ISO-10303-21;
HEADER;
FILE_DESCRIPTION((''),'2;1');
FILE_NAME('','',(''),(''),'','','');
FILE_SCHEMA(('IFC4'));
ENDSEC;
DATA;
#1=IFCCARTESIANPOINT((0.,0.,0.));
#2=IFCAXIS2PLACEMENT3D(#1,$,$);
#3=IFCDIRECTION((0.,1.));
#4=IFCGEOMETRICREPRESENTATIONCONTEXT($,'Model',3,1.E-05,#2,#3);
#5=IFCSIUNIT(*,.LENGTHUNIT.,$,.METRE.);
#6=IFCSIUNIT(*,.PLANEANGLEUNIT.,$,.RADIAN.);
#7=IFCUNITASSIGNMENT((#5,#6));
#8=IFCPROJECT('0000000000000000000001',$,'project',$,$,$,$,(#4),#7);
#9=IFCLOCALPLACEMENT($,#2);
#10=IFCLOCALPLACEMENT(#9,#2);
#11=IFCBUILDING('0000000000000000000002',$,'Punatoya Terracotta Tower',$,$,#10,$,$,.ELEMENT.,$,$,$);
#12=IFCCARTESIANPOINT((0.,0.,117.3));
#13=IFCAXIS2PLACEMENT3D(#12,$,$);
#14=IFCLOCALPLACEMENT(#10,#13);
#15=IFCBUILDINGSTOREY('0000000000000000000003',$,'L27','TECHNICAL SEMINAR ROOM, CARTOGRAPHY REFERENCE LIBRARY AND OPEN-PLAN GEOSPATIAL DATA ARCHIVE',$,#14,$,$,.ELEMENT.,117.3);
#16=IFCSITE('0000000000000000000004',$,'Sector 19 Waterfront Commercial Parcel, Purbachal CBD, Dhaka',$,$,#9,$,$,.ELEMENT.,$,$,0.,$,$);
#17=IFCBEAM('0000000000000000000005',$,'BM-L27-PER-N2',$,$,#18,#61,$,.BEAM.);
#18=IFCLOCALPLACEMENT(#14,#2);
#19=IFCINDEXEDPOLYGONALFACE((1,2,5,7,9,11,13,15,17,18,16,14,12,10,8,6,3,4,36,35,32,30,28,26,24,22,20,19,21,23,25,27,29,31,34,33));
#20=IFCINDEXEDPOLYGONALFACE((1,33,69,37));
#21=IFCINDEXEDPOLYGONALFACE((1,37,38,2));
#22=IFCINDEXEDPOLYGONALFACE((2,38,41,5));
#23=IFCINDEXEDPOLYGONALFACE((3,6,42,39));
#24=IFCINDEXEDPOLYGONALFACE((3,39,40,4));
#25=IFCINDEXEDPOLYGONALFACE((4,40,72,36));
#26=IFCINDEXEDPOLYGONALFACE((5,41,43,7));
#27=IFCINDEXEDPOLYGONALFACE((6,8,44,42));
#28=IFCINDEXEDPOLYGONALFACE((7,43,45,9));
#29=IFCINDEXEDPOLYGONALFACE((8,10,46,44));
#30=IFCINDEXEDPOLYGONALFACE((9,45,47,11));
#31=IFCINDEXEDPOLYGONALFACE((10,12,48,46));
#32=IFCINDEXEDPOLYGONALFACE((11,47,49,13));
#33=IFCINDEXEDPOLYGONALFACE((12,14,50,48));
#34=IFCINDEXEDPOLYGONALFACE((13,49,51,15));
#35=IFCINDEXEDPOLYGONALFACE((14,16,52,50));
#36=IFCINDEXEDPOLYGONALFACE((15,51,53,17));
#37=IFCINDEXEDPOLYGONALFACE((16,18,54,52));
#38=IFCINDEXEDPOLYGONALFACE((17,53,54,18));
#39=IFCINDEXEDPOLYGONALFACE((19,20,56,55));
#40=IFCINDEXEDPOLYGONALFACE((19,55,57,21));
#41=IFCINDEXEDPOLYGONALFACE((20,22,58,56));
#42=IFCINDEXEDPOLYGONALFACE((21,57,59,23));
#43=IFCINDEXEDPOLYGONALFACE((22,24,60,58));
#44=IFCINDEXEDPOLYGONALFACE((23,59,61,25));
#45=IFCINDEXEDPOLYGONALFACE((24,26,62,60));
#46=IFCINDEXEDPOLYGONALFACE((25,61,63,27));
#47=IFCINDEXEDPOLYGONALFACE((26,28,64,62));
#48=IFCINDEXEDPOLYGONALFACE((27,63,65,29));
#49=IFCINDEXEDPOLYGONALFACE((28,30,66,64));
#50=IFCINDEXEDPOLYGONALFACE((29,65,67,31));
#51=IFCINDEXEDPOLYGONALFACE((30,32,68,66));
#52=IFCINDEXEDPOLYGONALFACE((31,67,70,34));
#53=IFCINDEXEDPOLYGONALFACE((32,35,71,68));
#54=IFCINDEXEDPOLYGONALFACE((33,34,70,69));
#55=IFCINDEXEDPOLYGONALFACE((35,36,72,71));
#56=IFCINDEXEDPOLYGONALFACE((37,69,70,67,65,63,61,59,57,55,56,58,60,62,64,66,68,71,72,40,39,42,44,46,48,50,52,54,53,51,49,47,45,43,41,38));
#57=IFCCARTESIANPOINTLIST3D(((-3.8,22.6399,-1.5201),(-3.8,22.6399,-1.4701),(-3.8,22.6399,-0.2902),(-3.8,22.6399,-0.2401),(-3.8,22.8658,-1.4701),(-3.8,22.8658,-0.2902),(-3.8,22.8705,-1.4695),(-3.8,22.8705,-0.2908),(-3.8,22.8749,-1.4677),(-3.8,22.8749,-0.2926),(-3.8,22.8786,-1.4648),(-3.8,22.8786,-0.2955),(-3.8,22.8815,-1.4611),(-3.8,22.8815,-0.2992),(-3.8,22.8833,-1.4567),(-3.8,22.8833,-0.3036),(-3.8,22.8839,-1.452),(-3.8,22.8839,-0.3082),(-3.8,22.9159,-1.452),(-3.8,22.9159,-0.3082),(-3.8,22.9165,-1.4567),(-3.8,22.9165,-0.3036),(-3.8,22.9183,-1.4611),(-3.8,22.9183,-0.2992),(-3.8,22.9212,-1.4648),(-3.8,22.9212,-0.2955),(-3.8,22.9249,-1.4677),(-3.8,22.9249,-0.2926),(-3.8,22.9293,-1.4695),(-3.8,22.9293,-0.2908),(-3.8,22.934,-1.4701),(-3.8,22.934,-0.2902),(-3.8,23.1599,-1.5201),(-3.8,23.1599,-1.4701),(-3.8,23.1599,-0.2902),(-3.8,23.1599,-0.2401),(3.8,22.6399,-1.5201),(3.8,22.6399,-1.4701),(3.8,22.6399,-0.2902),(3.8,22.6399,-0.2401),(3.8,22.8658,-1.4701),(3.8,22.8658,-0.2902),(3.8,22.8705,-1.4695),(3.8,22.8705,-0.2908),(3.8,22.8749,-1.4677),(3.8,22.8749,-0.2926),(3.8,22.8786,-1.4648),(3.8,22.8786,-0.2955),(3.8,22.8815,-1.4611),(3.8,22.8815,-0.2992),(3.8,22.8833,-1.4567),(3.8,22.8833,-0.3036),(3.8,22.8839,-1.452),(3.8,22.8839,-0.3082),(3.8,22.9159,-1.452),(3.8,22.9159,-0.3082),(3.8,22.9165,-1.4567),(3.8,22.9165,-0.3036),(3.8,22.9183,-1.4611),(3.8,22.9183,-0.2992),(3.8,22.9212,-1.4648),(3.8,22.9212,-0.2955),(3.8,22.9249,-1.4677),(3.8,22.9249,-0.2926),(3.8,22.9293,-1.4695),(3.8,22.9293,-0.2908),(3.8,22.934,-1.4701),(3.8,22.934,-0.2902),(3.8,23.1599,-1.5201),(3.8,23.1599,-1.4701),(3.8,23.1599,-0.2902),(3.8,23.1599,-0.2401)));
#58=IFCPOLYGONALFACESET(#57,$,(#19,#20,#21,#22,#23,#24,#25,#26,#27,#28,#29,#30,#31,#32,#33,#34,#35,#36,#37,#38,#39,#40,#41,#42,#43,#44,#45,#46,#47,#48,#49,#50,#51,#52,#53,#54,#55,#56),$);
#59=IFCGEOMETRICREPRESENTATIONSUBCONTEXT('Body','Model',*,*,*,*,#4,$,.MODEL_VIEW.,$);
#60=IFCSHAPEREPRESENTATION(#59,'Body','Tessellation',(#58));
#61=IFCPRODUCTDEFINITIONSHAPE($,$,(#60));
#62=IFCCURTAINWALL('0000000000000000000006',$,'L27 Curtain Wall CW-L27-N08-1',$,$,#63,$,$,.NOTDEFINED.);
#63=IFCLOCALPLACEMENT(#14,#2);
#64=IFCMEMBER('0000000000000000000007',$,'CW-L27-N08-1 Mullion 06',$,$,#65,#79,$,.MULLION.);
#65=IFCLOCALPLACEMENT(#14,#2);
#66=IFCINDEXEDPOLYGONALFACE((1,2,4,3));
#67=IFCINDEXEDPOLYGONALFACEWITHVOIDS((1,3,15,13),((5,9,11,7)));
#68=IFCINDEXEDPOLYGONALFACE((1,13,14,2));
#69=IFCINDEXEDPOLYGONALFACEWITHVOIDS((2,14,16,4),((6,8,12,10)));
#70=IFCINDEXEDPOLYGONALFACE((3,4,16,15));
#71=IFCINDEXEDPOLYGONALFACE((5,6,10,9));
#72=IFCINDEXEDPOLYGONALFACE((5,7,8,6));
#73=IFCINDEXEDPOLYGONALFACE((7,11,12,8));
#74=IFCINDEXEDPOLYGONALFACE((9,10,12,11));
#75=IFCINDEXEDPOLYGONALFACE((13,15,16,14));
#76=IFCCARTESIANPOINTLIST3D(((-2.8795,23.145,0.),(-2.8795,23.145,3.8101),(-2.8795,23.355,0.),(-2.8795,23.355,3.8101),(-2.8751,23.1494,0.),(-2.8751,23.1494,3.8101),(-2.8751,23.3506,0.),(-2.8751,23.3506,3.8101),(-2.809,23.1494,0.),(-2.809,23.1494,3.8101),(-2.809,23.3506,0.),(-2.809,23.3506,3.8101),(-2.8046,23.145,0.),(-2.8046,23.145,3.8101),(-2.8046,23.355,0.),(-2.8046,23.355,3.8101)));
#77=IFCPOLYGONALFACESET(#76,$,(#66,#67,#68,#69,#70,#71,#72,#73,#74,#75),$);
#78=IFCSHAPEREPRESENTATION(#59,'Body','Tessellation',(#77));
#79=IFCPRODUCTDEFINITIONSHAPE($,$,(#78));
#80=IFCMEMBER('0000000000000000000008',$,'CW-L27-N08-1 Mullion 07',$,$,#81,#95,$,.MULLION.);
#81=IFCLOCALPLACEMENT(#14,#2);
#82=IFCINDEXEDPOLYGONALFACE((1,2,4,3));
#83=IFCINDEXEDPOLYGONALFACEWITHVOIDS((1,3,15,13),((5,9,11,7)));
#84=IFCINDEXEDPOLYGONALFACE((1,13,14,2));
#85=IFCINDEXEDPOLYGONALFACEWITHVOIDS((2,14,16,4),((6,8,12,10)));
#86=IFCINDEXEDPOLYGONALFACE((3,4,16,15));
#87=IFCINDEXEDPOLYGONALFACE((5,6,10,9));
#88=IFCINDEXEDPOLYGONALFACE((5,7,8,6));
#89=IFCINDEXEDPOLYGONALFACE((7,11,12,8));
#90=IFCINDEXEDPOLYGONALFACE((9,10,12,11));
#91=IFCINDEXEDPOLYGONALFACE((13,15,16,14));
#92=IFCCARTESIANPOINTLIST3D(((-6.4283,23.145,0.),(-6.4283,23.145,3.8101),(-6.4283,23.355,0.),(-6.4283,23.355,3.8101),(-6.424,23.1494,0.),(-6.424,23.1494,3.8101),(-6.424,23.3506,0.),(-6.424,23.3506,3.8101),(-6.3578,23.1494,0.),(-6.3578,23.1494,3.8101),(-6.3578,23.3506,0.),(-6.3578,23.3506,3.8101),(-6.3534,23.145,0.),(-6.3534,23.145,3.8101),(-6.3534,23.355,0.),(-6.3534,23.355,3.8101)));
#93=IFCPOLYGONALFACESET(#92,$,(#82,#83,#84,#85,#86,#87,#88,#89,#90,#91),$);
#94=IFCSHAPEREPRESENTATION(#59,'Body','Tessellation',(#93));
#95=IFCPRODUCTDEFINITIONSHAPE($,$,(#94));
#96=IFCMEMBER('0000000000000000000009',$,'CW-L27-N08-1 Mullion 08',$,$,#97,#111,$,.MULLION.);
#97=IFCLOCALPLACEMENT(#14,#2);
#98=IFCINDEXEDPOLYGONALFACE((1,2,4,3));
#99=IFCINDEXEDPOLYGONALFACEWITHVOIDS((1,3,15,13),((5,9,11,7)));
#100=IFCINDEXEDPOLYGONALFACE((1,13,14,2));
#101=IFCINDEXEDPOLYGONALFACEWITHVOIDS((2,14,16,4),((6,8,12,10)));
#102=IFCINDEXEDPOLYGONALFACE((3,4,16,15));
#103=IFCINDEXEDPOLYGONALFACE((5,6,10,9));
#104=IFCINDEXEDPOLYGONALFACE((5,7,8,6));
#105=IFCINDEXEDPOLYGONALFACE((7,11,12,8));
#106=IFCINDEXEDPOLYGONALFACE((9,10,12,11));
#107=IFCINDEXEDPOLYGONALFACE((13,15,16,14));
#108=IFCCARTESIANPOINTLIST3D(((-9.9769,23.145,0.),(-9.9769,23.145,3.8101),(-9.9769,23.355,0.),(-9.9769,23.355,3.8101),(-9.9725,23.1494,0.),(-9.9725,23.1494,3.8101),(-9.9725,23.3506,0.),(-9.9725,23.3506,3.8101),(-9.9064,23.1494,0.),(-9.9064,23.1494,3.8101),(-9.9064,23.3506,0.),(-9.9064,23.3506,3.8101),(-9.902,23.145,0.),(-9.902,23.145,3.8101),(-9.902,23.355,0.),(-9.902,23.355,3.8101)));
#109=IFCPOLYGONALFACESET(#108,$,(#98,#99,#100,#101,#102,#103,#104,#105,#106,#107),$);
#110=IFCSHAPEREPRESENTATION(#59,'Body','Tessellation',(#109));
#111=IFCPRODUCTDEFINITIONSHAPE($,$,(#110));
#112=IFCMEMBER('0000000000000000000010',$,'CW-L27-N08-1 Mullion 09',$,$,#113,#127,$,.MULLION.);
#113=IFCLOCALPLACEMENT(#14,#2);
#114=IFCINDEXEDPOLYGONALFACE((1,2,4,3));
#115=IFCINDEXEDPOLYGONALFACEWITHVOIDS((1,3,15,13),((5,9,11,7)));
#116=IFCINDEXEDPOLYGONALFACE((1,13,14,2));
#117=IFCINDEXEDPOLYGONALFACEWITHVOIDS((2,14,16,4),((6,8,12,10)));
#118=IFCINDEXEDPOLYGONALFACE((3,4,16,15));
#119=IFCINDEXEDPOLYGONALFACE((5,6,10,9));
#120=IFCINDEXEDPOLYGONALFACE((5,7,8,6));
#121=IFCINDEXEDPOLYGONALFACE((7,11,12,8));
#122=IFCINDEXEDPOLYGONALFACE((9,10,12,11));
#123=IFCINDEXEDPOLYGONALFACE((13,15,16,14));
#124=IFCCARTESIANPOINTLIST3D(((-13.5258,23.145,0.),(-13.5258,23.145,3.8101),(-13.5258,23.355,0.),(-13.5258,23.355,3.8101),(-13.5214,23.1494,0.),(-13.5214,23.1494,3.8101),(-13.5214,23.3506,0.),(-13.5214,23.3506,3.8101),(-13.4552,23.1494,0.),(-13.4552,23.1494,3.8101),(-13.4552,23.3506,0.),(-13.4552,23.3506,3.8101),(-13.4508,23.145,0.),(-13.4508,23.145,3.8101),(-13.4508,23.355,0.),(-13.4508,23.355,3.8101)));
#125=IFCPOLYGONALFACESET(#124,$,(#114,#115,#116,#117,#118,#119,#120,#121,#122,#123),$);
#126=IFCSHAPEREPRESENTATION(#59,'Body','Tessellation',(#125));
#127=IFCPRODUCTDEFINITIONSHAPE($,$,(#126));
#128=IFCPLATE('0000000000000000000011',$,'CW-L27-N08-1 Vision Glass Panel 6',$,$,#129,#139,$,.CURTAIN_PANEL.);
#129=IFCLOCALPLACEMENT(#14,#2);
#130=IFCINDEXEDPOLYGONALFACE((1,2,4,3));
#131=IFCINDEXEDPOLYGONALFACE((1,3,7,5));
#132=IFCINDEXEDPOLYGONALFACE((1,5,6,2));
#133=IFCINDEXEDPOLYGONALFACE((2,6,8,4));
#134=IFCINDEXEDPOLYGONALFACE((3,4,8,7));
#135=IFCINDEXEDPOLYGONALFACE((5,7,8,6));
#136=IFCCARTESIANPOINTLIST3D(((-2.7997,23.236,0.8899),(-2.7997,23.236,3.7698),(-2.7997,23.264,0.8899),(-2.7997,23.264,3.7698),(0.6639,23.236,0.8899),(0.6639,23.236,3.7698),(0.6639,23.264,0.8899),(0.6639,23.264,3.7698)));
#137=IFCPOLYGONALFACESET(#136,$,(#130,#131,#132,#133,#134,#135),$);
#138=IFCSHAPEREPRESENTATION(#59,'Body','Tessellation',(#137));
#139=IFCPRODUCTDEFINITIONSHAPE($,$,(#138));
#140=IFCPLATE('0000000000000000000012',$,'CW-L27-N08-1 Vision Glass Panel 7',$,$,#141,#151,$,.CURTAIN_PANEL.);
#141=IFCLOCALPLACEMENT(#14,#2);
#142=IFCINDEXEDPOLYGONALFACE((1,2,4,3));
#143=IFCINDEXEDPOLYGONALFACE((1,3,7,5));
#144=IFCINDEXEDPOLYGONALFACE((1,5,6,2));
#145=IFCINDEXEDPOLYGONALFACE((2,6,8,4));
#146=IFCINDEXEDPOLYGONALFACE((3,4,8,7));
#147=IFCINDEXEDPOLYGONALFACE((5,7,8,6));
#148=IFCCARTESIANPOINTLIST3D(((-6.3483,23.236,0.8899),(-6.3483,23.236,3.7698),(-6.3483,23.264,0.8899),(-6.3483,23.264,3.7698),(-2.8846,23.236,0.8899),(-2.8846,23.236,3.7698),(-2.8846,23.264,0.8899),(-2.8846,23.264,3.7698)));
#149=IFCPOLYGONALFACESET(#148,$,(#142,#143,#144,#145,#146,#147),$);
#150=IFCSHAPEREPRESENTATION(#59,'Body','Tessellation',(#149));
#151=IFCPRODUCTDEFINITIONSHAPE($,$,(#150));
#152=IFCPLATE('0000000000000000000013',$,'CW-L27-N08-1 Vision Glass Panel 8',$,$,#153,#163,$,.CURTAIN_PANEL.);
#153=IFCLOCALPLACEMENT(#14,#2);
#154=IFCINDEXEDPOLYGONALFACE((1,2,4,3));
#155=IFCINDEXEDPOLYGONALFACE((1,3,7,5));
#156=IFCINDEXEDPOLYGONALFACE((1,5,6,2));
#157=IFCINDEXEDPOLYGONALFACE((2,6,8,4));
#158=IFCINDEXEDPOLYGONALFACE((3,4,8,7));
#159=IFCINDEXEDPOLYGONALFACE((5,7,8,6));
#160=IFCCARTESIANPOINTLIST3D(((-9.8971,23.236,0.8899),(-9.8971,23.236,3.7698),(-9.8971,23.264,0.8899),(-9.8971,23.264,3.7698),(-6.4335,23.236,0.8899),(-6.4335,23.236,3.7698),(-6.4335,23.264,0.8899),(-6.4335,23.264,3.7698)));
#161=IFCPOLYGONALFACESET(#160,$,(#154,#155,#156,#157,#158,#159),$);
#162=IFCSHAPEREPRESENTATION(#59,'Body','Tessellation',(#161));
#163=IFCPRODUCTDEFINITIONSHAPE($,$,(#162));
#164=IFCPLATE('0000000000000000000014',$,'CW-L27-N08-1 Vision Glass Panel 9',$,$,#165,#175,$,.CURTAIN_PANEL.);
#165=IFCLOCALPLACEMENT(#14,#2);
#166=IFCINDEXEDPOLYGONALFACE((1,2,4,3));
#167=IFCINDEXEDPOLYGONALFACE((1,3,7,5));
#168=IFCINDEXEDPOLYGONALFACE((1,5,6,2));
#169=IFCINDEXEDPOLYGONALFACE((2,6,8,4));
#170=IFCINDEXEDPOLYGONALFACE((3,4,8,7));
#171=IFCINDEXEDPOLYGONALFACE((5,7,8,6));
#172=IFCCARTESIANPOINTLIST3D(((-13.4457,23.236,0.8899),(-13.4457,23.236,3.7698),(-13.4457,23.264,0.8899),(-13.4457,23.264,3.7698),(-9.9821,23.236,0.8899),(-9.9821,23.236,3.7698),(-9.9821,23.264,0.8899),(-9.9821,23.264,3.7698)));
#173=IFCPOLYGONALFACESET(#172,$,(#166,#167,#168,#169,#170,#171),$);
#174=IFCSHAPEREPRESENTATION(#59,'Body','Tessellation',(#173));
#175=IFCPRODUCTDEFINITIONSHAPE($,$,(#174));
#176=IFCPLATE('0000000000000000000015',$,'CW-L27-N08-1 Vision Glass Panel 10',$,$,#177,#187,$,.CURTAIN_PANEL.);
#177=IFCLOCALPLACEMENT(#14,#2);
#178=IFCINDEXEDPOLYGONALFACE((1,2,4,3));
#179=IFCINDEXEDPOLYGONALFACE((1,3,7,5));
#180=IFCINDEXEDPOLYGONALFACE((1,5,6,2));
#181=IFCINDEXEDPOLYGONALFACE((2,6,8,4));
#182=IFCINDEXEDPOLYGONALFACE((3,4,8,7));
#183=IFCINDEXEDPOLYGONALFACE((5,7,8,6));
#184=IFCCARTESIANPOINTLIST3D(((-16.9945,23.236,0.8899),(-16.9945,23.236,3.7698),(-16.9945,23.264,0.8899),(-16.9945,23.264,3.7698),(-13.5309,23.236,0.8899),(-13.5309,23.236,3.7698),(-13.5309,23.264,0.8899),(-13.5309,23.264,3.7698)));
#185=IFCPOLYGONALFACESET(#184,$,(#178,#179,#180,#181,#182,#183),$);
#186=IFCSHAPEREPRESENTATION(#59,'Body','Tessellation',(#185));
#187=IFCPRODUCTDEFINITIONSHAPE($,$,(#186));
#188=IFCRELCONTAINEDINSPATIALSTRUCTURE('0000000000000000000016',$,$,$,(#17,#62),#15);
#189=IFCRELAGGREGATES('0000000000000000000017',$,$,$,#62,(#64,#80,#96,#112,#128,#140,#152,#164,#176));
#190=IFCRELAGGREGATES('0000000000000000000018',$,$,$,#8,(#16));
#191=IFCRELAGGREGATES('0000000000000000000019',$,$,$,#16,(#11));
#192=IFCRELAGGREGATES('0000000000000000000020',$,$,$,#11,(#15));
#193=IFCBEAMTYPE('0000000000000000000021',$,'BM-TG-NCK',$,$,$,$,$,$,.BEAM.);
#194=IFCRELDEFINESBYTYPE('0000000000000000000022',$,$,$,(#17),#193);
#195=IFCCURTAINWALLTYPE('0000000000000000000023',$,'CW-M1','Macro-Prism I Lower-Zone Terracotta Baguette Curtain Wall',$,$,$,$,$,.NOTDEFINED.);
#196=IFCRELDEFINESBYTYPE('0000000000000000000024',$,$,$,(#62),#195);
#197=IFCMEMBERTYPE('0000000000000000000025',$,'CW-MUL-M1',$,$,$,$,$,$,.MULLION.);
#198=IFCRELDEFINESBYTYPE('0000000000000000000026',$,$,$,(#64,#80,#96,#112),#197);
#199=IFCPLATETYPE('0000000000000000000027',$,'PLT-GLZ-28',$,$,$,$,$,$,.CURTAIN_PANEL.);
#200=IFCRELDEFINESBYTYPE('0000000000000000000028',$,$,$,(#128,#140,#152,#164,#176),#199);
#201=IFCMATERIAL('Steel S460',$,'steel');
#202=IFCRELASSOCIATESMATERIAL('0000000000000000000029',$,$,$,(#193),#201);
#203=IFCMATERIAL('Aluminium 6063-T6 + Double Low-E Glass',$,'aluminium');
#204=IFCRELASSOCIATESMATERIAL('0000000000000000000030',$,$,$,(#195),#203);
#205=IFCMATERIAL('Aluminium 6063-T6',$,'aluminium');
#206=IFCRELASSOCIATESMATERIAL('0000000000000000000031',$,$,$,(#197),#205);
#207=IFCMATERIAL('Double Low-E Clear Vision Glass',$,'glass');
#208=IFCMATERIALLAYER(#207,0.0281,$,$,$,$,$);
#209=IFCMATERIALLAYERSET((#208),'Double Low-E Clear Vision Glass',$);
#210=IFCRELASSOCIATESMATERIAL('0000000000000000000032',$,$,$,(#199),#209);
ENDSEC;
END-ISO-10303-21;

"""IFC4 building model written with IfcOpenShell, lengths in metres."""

from ifc_helpers import new_model, si_unit, direction, frame, origin, origin_2d, place, context, subcontext, project, spatial, rectangle, hollow_rectangle, i_section, extrude, material, layer, layer_set, material_profile, profile_set, type_object, element, aggregate, save


model = new_model("IFC4")

# Units and contexts
model_context = context("Model", 3, precision=1e-05, world=origin(), true_north=direction((0.0, 1.0)))
body_context = subcontext(model_context, "Body", "Model", "MODEL_VIEW")
ifc_project = project(units=[si_unit("LENGTHUNIT", "METRE"), si_unit("PLANEANGLEUNIT", "RADIAN")], contexts=[model_context])

# Site, building, storey
site_placement = place(None, origin())
site = spatial("IfcSite", under=ifc_project, at=site_placement, Name="Sector 19 Waterfront Commercial Parcel, Purbachal CBD, Dhaka", CompositionType="ELEMENT", RefElevation=0.0)
building_placement = place(site_placement, origin())
building = spatial("IfcBuilding", under=site, at=building_placement, Name="Punatoya Terracotta Tower", CompositionType="ELEMENT")
storey_placement = place(building_placement, frame((0.0, 0.0, 117.3)))
storey = spatial("IfcBuildingStorey", under=building, at=storey_placement, Name="L27", Description="TECHNICAL SEMINAR ROOM, CARTOGRAPHY REFERENCE LIBRARY AND OPEN-PLAN GEOSPATIAL DATA ARCHIVE", CompositionType="ELEMENT", Elevation=117.3)

# Shared definitions
ifc_material_1 = material(Name="Steel S460", Category="steel")

# Beam
ifc_material_profile_1 = material_profile(ifc_material_1, i_section(OverallWidth=0.52, OverallDepth=1.28, WebThickness=0.032, FlangeThickness=0.05, FilletRadius=0.0181, at=origin_2d()))
ifc_profile_set_1 = profile_set([ifc_material_profile_1], Name="Steel S460")
beam_type_1 = type_object("IfcBeamType", Name="BM-TG-NCK", PredefinedType="BEAM", material=ifc_profile_set_1)
beam_1_placement = place(storey_placement, frame((-3.8, 22.8999, -0.8801), z_axis=(1.0, 0.0, 0.0), x_axis=(0.0, 1.0, 0.0)))
element("IfcBeam", 1, at=beam_1_placement, inside=storey, type_object=beam_type_1, Name="BM-L27-PER-N2", PredefinedType="BEAM", context=body_context, shape_type="SweptSolid", body=[
    extrude(i_section(OverallWidth=0.52, OverallDepth=1.28, WebThickness=0.032, FlangeThickness=0.05, FilletRadius=0.0181, at=origin_2d()), origin(), (0.0, 0.0, 1.0), 7.6001),
])

# Curtain wall, members, plates
ifc_material_2 = material(Name="Aluminium 6063-T6 + Double Low-E Glass", Category="aluminium")
curtain_wall_type = type_object("IfcCurtainWallType", Name="CW-M1", Description="Macro-Prism I Lower-Zone Terracotta Baguette Curtain Wall", PredefinedType="NOTDEFINED", material=ifc_material_2)
curtain_wall_placement = place(storey_placement, origin())
curtain_wall = element("IfcCurtainWall", 2, at=curtain_wall_placement, inside=storey, type_object=curtain_wall_type, Name="L27 Curtain Wall CW-L27-N08-1", PredefinedType="NOTDEFINED")
ifc_material_3 = material(Name="Aluminium 6063-T6", Category="aluminium")
ifc_material_profile_2 = material_profile(ifc_material_3, hollow_rectangle(XDim=0.075, YDim=0.21, WallThickness=0.0044, at=origin_2d()))
ifc_profile_set_2 = profile_set([ifc_material_profile_2], Name="Aluminium 6063-T6")
member_type = type_object("IfcMemberType", Name="CW-MUL-M1", PredefinedType="MULLION", material=ifc_profile_set_2)
member_1_placement = place(storey_placement, frame((-2.842, 23.25, 0.0), z_axis=(0.0, 0.0, 1.0), x_axis=(1.0, 0.0, 0.0)))
member_1 = element("IfcMember", 3, at=member_1_placement, type_object=member_type, Name="CW-L27-N08-1 Mullion 06", PredefinedType="MULLION", context=body_context, shape_type="SweptSolid", body=[
    extrude(hollow_rectangle(XDim=0.075, YDim=0.21, WallThickness=0.0044, at=origin_2d()), origin(), (0.0, 0.0, 1.0), 3.8101),
])
member_2_placement = place(storey_placement, frame((-6.3909, 23.25, 0.0), z_axis=(0.0, 0.0, 1.0), x_axis=(1.0, 0.0, 0.0)))
member_2 = element("IfcMember", 4, at=member_2_placement, type_object=member_type, Name="CW-L27-N08-1 Mullion 07", PredefinedType="MULLION", context=body_context, shape_type="SweptSolid", body=[
    extrude(hollow_rectangle(XDim=0.075, YDim=0.21, WallThickness=0.0044, at=origin_2d()), origin(), (0.0, 0.0, 1.0), 3.8101),
])
member_3_placement = place(storey_placement, frame((-9.9395, 23.25, 0.0), z_axis=(0.0, 0.0, 1.0), x_axis=(1.0, 0.0, 0.0)))
member_3 = element("IfcMember", 5, at=member_3_placement, type_object=member_type, Name="CW-L27-N08-1 Mullion 08", PredefinedType="MULLION", context=body_context, shape_type="SweptSolid", body=[
    extrude(hollow_rectangle(XDim=0.075, YDim=0.21, WallThickness=0.0044, at=origin_2d()), origin(), (0.0, 0.0, 1.0), 3.8101),
])
member_4_placement = place(storey_placement, frame((-13.4883, 23.25, 0.0), z_axis=(0.0, 0.0, 1.0), x_axis=(1.0, 0.0, 0.0)))
member_4 = element("IfcMember", 6, at=member_4_placement, type_object=member_type, Name="CW-L27-N08-1 Mullion 09", PredefinedType="MULLION", context=body_context, shape_type="SweptSolid", body=[
    extrude(hollow_rectangle(XDim=0.075, YDim=0.21, WallThickness=0.0044, at=origin_2d()), origin(), (0.0, 0.0, 1.0), 3.8101),
])
ifc_material_4 = material(Name="Double Low-E Clear Vision Glass", Category="glass")
ifc_layer_1 = layer(ifc_material_4, 0.0281)
ifc_layer_set_1 = layer_set([ifc_layer_1], Name="Double Low-E Clear Vision Glass")
plate_type_1 = type_object("IfcPlateType", Name="PLT-GLZ-28", PredefinedType="CURTAIN_PANEL", material=ifc_layer_set_1)
plate_1_placement = place(storey_placement, frame((-1.0679, 23.25, 0.8899), z_axis=(0.0, 0.0, 1.0), x_axis=(-1.0, 0.0, 0.0)))
plate_1 = element("IfcPlate", 7, at=plate_1_placement, type_object=plate_type_1, Name="CW-L27-N08-1 Vision Glass Panel 6", PredefinedType="CURTAIN_PANEL", context=body_context, shape_type="SweptSolid", body=[
    extrude(rectangle(XDim=3.4636, YDim=0.0281, at=origin_2d()), origin(), (0.0, 0.0, 1.0), 2.8799),
])
plate_2_placement = place(storey_placement, frame((-4.6165, 23.25, 0.8899), z_axis=(0.0, 0.0, 1.0), x_axis=(-1.0, 0.0, 0.0)))
plate_2 = element("IfcPlate", 8, at=plate_2_placement, type_object=plate_type_1, Name="CW-L27-N08-1 Vision Glass Panel 7", PredefinedType="CURTAIN_PANEL", context=body_context, shape_type="SweptSolid", body=[
    extrude(rectangle(XDim=3.4636, YDim=0.0281, at=origin_2d()), origin(), (0.0, 0.0, 1.0), 2.8799),
])
plate_3_placement = place(storey_placement, frame((-8.1653, 23.25, 0.8899), z_axis=(0.0, 0.0, 1.0), x_axis=(-1.0, 0.0, 0.0)))
plate_3 = element("IfcPlate", 9, at=plate_3_placement, type_object=plate_type_1, Name="CW-L27-N08-1 Vision Glass Panel 8", PredefinedType="CURTAIN_PANEL", context=body_context, shape_type="SweptSolid", body=[
    extrude(rectangle(XDim=3.4636, YDim=0.0281, at=origin_2d()), origin(), (0.0, 0.0, 1.0), 2.8799),
])
plate_4_placement = place(storey_placement, frame((-11.7139, 23.25, 0.8899), z_axis=(0.0, 0.0, 1.0), x_axis=(-1.0, 0.0, 0.0)))
plate_4 = element("IfcPlate", 10, at=plate_4_placement, type_object=plate_type_1, Name="CW-L27-N08-1 Vision Glass Panel 9", PredefinedType="CURTAIN_PANEL", context=body_context, shape_type="SweptSolid", body=[
    extrude(rectangle(XDim=3.4636, YDim=0.0281, at=origin_2d()), origin(), (0.0, 0.0, 1.0), 2.8799),
])
plate_5_placement = place(storey_placement, frame((-15.2627, 23.25, 0.8899), z_axis=(0.0, 0.0, 1.0), x_axis=(-1.0, 0.0, 0.0)))
plate_5 = element("IfcPlate", 11, at=plate_5_placement, type_object=plate_type_1, Name="CW-L27-N08-1 Vision Glass Panel 10", PredefinedType="CURTAIN_PANEL", context=body_context, shape_type="SweptSolid", body=[
    extrude(rectangle(XDim=3.4636, YDim=0.0281, at=origin_2d()), origin(), (0.0, 0.0, 1.0), 2.8799),
])
aggregate(curtain_wall, [member_1, member_2, member_3, member_4, plate_1, plate_2, plate_3, plate_4, plate_5])

save(model, "model.ifc")
